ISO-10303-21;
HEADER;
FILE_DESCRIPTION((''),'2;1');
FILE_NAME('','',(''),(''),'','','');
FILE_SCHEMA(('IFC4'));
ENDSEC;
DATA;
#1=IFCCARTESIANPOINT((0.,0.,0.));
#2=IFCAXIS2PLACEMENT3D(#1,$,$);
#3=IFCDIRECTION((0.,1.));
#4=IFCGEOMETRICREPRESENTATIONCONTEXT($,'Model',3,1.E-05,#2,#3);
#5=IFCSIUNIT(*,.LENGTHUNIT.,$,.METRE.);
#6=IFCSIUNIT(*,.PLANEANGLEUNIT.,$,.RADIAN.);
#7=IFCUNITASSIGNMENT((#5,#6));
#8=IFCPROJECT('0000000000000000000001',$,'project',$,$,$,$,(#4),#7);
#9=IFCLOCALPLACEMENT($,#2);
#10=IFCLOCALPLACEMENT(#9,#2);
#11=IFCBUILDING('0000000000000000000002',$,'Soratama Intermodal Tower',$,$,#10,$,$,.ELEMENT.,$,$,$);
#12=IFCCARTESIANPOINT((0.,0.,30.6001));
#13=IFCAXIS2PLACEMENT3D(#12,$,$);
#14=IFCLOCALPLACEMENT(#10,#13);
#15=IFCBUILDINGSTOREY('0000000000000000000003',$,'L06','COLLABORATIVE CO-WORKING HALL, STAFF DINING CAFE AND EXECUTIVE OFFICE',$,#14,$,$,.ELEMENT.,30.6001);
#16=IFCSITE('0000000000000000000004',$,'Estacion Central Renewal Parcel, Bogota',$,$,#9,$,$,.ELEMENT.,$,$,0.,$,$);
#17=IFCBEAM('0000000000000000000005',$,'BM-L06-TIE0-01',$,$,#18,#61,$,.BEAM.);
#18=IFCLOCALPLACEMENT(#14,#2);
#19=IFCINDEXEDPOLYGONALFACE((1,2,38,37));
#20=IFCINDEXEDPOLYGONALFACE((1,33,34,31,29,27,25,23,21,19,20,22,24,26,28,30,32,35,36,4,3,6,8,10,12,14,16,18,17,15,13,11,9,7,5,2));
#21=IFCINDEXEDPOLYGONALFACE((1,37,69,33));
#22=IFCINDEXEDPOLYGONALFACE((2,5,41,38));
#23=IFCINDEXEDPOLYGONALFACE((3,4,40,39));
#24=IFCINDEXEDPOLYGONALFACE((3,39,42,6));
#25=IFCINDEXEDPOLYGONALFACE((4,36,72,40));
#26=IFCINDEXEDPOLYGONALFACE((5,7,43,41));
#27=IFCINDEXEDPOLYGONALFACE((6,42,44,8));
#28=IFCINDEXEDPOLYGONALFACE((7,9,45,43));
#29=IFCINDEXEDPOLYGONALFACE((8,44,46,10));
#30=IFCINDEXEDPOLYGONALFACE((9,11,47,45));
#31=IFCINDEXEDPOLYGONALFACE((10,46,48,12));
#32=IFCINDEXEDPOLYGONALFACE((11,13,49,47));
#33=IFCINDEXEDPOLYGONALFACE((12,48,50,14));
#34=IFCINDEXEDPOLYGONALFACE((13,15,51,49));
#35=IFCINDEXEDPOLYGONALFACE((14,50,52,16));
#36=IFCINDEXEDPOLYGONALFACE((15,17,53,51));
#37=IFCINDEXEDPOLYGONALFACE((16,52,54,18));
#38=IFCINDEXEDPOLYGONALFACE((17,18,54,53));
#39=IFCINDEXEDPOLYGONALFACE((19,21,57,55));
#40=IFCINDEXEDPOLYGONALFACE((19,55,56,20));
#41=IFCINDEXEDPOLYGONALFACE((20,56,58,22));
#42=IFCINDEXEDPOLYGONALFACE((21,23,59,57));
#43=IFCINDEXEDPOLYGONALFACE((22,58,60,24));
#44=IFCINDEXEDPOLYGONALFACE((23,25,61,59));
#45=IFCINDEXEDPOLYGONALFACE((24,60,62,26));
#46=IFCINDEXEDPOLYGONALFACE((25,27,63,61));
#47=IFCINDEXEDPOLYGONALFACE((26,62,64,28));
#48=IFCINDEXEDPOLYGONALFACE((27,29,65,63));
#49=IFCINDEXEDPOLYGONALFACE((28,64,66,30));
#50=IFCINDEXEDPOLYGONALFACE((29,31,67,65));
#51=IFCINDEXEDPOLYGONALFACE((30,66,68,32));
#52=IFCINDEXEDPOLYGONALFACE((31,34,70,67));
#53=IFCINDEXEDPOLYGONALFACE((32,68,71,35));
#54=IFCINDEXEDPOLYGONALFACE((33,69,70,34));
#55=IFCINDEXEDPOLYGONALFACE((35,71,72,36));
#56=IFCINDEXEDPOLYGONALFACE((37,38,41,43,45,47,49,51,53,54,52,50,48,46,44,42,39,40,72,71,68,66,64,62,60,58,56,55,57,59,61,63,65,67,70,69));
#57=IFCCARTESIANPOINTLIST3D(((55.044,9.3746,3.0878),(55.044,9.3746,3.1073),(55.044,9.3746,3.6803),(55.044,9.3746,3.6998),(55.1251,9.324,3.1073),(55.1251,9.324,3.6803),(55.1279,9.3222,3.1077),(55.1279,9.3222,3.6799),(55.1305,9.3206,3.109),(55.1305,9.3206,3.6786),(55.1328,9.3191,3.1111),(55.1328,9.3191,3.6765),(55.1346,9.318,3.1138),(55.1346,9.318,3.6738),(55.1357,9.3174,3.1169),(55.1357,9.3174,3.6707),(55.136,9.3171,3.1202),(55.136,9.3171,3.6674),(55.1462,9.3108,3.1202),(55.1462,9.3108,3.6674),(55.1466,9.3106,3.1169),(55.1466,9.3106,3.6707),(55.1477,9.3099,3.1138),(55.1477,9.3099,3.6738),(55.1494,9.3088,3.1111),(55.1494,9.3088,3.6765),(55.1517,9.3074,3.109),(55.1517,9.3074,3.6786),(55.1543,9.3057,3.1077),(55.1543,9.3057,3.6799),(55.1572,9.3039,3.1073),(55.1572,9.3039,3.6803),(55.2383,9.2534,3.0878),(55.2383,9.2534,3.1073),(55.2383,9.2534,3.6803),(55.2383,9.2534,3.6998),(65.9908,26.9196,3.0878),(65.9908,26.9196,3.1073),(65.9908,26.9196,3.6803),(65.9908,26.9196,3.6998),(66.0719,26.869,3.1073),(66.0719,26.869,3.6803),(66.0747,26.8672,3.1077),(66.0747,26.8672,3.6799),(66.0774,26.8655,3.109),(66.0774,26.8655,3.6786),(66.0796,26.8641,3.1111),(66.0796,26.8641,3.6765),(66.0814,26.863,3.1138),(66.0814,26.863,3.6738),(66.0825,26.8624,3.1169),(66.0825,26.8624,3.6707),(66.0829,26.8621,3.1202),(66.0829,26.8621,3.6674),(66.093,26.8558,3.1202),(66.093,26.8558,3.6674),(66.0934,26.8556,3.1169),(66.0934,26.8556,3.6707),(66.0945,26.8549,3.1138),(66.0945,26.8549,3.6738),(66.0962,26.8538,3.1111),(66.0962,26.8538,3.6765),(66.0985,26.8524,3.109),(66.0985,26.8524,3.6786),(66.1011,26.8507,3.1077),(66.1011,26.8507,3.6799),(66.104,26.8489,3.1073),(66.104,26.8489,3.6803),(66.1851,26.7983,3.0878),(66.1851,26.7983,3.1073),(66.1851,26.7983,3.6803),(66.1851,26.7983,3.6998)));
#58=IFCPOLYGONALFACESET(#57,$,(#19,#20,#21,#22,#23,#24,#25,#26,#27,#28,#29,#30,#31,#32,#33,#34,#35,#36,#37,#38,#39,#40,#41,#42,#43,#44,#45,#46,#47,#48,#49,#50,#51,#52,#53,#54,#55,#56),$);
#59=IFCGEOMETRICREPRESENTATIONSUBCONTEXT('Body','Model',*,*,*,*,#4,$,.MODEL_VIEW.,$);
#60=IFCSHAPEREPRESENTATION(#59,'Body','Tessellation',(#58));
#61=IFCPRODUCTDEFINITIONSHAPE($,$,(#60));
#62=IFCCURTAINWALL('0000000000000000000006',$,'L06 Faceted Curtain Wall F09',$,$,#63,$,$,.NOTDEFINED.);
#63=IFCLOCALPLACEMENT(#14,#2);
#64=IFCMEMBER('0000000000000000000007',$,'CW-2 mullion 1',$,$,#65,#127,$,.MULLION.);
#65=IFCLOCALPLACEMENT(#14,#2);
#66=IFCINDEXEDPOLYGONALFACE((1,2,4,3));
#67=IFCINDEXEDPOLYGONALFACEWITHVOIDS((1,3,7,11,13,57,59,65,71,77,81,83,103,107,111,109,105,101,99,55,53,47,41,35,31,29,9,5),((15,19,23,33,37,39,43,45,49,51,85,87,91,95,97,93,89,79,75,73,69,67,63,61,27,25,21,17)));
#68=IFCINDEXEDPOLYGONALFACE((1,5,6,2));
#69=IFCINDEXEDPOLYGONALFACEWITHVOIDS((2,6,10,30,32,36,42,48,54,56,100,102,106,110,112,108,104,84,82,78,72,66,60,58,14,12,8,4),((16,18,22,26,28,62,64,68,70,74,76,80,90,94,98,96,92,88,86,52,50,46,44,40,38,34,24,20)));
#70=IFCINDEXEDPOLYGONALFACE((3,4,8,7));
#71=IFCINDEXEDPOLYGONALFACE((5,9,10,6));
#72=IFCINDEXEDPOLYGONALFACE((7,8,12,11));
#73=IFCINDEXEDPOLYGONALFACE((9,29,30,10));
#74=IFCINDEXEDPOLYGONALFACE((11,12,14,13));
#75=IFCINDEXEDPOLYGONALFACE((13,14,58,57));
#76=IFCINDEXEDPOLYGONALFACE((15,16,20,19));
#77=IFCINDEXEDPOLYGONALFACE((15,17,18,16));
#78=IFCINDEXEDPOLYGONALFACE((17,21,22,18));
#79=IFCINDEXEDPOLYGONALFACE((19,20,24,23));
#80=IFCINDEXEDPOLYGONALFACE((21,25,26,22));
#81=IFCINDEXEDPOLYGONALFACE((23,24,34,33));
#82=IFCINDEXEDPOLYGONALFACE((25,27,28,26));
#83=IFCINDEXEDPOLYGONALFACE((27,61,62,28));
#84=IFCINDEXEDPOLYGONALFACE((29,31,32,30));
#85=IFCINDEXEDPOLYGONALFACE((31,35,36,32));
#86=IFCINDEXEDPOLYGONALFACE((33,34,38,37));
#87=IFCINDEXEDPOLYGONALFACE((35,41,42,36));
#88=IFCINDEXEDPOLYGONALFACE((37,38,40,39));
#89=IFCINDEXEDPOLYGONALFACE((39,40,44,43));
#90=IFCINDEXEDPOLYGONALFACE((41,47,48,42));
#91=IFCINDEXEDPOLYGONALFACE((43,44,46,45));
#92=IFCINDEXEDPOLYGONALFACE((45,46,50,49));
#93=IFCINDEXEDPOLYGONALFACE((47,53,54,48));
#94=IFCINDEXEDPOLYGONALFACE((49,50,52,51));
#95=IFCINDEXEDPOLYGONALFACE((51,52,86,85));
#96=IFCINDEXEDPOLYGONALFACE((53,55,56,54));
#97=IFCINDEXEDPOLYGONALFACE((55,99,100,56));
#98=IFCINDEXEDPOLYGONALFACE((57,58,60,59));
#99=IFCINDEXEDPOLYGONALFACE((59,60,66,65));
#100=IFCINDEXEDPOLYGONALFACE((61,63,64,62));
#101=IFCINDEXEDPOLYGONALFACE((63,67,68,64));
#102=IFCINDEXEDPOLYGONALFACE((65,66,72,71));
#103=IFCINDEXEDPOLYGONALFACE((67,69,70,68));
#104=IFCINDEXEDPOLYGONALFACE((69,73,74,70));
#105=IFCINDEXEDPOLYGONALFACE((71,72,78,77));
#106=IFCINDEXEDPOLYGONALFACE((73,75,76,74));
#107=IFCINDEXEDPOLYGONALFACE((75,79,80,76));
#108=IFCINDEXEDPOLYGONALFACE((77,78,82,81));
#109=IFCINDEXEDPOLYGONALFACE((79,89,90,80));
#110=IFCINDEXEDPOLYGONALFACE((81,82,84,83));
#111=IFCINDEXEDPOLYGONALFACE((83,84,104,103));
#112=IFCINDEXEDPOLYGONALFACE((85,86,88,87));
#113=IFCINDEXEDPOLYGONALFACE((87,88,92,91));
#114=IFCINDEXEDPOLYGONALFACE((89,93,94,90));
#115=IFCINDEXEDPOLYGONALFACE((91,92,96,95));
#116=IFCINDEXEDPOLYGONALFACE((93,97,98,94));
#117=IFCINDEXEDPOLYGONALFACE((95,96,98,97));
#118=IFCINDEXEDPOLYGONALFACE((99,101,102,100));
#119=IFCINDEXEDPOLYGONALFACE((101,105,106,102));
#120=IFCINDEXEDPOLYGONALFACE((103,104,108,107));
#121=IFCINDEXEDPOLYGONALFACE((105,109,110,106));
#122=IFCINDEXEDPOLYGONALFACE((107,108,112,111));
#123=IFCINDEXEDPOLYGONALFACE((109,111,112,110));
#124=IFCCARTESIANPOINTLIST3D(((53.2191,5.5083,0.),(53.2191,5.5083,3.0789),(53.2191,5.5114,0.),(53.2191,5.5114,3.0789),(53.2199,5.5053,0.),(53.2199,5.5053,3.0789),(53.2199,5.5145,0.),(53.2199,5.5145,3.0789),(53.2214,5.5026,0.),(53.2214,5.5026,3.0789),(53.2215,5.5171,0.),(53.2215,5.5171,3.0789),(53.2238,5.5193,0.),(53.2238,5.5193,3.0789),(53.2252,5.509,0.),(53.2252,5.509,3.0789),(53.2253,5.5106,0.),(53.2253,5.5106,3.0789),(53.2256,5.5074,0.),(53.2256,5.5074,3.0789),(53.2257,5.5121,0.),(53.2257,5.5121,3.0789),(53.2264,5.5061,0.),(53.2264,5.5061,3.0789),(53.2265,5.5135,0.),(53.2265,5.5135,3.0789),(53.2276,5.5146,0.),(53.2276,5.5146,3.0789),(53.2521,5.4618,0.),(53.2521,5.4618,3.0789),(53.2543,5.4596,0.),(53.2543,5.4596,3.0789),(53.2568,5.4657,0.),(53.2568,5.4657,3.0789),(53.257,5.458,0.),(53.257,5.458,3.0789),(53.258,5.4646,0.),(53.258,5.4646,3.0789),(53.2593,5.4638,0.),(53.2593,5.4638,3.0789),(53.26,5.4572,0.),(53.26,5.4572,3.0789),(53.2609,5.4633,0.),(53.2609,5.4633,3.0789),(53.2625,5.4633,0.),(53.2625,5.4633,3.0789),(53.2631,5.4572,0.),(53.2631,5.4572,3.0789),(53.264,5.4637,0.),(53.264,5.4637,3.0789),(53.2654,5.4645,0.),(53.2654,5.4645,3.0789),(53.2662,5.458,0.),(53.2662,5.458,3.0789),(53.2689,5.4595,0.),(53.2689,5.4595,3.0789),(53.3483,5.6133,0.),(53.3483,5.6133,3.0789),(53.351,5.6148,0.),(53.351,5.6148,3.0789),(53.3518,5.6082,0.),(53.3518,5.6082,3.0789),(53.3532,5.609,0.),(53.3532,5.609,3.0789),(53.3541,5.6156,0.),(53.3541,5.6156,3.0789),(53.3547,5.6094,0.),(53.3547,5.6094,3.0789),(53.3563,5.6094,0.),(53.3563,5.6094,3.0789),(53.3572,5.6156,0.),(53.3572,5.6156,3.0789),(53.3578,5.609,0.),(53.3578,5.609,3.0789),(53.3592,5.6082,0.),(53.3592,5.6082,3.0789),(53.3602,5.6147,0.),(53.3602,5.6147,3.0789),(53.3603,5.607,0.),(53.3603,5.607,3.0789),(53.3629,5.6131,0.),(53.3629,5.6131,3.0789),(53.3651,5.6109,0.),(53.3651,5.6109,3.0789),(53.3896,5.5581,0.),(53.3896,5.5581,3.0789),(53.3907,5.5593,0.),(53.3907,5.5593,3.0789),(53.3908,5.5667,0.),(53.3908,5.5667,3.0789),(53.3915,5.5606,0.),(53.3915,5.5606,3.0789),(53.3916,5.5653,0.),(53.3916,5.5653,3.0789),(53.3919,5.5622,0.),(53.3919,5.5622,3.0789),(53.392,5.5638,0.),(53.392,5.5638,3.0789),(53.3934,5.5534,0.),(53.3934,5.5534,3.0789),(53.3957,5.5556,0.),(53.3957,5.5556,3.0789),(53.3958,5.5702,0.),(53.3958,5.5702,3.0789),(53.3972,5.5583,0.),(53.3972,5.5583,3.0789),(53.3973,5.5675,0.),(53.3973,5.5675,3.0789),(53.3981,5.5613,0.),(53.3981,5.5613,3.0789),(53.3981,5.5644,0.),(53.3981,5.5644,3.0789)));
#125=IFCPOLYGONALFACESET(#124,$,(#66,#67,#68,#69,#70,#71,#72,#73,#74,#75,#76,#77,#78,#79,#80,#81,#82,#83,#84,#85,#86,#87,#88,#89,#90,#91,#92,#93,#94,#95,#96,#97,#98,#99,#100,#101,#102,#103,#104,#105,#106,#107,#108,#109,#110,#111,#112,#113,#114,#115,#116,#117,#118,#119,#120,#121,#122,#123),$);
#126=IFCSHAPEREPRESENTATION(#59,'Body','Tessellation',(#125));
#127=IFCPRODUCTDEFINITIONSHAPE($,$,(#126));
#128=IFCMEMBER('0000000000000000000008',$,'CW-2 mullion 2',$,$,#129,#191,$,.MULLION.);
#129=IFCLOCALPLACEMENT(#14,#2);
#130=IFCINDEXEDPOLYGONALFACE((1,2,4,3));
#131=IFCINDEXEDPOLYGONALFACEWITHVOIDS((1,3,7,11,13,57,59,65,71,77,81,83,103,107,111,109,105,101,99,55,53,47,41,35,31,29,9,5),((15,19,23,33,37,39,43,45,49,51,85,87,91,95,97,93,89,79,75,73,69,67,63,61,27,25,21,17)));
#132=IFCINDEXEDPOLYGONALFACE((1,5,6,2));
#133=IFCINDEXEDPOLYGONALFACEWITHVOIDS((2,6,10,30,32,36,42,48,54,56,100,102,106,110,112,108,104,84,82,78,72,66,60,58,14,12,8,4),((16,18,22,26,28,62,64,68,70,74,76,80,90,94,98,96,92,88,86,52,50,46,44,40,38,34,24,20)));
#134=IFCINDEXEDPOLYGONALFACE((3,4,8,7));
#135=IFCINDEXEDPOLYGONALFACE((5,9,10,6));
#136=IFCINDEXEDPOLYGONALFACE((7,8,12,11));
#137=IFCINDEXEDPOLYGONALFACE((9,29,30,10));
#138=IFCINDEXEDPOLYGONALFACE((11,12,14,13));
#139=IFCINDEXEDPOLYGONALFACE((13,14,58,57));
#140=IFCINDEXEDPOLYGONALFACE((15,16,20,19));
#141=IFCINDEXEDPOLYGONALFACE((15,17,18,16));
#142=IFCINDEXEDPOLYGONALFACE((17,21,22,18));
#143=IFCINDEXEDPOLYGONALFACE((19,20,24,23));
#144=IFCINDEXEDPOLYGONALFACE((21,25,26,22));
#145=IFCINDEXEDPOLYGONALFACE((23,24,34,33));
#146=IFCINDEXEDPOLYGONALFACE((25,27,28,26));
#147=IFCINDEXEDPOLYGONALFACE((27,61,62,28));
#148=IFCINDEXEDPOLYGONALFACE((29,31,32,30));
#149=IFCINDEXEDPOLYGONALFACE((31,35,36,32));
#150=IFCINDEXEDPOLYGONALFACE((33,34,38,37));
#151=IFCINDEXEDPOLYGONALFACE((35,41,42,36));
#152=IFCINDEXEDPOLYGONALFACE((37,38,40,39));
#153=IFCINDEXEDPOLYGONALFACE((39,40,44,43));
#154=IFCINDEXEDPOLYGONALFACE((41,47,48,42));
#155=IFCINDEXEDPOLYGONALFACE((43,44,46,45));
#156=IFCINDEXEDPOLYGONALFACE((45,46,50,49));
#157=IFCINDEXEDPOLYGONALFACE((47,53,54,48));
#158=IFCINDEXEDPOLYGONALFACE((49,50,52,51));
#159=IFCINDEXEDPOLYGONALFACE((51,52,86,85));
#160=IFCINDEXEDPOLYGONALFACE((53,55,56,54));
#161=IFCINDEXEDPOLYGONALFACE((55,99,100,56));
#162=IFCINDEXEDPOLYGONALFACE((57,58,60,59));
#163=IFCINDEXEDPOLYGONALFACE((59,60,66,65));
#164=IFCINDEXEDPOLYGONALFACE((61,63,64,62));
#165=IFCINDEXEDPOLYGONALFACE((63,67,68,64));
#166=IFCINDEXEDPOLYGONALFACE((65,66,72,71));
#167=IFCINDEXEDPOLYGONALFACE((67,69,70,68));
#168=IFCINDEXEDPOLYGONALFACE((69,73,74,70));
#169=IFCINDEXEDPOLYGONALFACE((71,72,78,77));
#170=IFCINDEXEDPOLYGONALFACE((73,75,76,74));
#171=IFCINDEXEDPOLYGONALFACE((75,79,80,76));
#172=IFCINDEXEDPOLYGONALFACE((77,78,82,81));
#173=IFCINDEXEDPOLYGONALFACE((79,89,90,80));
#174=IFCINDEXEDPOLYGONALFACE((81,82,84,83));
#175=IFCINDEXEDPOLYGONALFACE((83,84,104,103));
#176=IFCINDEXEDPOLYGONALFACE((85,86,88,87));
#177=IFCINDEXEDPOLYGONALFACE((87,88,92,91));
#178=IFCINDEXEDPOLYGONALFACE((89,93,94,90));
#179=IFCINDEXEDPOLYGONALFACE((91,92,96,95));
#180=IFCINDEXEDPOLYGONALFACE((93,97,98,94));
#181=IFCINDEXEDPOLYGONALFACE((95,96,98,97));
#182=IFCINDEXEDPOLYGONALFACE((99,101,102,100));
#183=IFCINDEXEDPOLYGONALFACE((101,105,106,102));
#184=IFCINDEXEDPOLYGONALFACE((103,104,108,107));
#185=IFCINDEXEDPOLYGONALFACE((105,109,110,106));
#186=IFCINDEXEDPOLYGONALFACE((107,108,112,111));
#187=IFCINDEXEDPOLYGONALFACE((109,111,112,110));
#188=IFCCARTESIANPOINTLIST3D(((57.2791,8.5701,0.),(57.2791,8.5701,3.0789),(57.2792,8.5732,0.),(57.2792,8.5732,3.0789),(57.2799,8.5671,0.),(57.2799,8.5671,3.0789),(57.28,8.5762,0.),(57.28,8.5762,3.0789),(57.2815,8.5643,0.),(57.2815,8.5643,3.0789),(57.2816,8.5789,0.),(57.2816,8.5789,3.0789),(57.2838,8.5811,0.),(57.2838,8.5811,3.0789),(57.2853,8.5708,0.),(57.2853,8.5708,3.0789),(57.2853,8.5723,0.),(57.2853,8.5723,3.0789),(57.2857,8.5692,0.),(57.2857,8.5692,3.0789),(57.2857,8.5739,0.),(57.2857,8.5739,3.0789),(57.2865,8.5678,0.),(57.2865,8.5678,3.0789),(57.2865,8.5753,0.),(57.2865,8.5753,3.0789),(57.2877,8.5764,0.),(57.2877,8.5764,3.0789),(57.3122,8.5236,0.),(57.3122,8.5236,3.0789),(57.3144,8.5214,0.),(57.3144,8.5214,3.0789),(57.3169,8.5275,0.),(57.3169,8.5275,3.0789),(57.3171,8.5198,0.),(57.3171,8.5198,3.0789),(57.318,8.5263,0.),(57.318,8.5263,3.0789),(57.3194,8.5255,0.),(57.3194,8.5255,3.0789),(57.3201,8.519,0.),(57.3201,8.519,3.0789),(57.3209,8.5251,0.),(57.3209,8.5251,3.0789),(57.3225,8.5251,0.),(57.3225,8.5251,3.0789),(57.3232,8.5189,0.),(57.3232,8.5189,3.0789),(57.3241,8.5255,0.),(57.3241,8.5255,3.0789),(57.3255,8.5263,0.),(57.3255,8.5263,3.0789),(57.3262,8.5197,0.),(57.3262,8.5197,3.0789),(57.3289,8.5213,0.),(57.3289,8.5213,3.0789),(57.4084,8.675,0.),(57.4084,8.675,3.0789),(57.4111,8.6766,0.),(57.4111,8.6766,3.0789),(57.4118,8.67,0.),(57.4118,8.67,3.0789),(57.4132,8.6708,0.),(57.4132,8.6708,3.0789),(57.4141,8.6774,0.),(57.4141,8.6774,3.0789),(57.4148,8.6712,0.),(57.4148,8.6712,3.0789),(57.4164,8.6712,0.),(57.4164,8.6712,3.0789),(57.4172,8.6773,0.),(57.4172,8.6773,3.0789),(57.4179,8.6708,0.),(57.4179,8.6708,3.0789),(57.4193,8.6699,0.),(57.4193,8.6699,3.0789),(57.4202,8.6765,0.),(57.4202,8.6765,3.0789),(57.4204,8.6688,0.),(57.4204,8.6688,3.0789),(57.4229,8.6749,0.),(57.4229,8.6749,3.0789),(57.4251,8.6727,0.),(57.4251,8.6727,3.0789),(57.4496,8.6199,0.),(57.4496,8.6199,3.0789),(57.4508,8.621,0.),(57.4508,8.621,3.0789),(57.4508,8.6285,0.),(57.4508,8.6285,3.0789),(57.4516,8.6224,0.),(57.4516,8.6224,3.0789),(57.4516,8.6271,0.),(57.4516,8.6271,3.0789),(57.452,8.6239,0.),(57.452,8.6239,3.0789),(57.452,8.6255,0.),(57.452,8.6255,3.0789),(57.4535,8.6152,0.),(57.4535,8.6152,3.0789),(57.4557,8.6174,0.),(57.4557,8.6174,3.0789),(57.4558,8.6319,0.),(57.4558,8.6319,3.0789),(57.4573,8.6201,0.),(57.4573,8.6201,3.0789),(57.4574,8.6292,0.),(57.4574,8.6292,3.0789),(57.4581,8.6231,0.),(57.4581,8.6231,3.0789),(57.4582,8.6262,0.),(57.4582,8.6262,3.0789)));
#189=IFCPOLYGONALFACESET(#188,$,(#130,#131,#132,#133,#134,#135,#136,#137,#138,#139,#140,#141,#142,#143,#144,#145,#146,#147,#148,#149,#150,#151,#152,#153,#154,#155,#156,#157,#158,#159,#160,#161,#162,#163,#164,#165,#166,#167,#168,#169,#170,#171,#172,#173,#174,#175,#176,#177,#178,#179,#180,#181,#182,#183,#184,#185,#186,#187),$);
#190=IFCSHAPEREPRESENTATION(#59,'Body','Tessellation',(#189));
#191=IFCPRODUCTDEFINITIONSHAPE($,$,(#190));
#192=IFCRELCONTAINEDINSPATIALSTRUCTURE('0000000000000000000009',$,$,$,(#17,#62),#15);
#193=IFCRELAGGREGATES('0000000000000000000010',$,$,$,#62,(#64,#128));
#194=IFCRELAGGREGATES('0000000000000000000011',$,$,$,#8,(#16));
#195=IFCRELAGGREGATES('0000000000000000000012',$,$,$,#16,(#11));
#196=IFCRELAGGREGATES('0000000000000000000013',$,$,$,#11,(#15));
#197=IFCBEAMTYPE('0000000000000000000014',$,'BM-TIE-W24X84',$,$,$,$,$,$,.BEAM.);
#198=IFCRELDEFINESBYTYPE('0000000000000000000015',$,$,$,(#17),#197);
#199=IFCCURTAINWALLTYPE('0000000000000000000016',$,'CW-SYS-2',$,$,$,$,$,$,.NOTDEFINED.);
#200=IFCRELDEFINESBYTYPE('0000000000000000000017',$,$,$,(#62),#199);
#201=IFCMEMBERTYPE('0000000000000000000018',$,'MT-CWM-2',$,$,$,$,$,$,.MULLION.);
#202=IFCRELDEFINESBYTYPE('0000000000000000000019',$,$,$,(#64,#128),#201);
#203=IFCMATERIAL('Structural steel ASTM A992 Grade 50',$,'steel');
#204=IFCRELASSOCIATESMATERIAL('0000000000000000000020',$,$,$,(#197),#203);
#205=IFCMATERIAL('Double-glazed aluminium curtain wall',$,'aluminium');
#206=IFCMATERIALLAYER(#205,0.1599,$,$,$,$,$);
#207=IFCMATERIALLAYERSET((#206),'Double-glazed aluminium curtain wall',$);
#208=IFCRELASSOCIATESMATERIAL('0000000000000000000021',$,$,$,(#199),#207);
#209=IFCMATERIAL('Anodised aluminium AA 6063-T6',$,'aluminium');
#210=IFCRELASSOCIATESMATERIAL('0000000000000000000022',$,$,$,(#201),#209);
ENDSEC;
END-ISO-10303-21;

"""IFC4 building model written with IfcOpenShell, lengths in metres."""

from ifc_helpers import new_model, si_unit, direction, frame, origin, origin_2d, place, context, subcontext, project, spatial, hollow_rectangle, i_section, extrude, material, layer, layer_set, material_profile, profile_set, type_object, element, aggregate, save


model = new_model("IFC4")

# Units and contexts
model_context = context("Model", 3, precision=1e-05, world=origin(), true_north=direction((0.0, 1.0)))
body_context = subcontext(model_context, "Body", "Model", "MODEL_VIEW")
ifc_project = project(units=[si_unit("LENGTHUNIT", "METRE"), si_unit("PLANEANGLEUNIT", "RADIAN")], contexts=[model_context])

# Site, building, storey
site_placement = place(None, origin())
site = spatial("IfcSite", under=ifc_project, at=site_placement, Name="Estacion Central Renewal Parcel, Bogota", CompositionType="ELEMENT", RefElevation=0.0)
building_placement = place(site_placement, origin())
building = spatial("IfcBuilding", under=site, at=building_placement, Name="Soratama Intermodal Tower", CompositionType="ELEMENT")
storey_placement = place(building_placement, frame((0.0, 0.0, 30.6001)))
storey = spatial("IfcBuildingStorey", under=building, at=storey_placement, Name="L06", Description="COLLABORATIVE CO-WORKING HALL, STAFF DINING CAFE AND EXECUTIVE OFFICE", CompositionType="ELEMENT", Elevation=30.6001)

# Beam
ifc_material_1 = material(Name="Structural steel ASTM A992 Grade 50", Category="steel")
ifc_material_profile_1 = material_profile(ifc_material_1, i_section(OverallWidth=0.229, OverallDepth=0.6121, WebThickness=0.012, FlangeThickness=0.0195, FilletRadius=0.0129, at=origin_2d()), Name="W24X84")
ifc_profile_set_1 = profile_set([ifc_material_profile_1], Name="Structural steel ASTM A992 Grade 50")
beam_type_1 = type_object("IfcBeamType", Name="BM-TIE-W24X84", PredefinedType="BEAM", material=ifc_profile_set_1)
beam_1_placement = place(storey_placement, frame((55.1411, 9.314, 3.3938), z_axis=(0.529345, 0.848407, 0.0), x_axis=(-0.848407, 0.529345, 0.0)))
element("IfcBeam", 1, at=beam_1_placement, inside=storey, type_object=beam_type_1, Name="BM-L06-TIE0-01", PredefinedType="BEAM", context=body_context, shape_type="SweptSolid", body=[
    extrude(i_section(OverallWidth=0.229, OverallDepth=0.6121, WebThickness=0.012, FlangeThickness=0.0195, FilletRadius=0.0129, at=origin_2d()), origin(), (0.0, 0.0, 1.0), 20.6799),
])

# Curtain wall, members
ifc_material_2 = material(Name="Double-glazed aluminium curtain wall", Category="aluminium")
ifc_layer_1 = layer(ifc_material_2, 0.1599)
ifc_layer_set_1 = layer_set([ifc_layer_1], Name="Double-glazed aluminium curtain wall")
curtain_wall_type = type_object("IfcCurtainWallType", Name="CW-SYS-2", PredefinedType="NOTDEFINED", material=ifc_layer_set_1)
curtain_wall_placement = place(storey_placement, origin())
curtain_wall = element("IfcCurtainWall", 2, at=curtain_wall_placement, inside=storey, type_object=curtain_wall_type, Name="L06 Faceted Curtain Wall F09", PredefinedType="NOTDEFINED")
ifc_material_3 = material(Name="Anodised aluminium AA 6063-T6", Category="aluminium")
ifc_material_profile_2 = material_profile(ifc_material_3, hollow_rectangle(XDim=0.075, YDim=0.1799, WallThickness=0.0061, InnerFilletRadius=0.0061, OuterFilletRadius=0.012, at=origin_2d()), Name="CWM180X75X6")
ifc_profile_set_2 = profile_set([ifc_material_profile_2], Name="Anodised aluminium AA 6063-T6")
member_type_1 = type_object("IfcMemberType", Name="MT-CWM-2", PredefinedType="MULLION", material=ifc_profile_set_2)
member_1_placement = place(storey_placement, frame((53.3086, 5.5364, 0.0), z_axis=(0.0, 0.0, 1.0), x_axis=(-0.602091, 0.798428, 0.0)))
member_1 = element("IfcMember", 3, at=member_1_placement, type_object=member_type_1, Name="CW-2 mullion 1", PredefinedType="MULLION", context=body_context, shape_type="SweptSolid", body=[
    extrude(hollow_rectangle(XDim=0.075, YDim=0.1799, WallThickness=0.0061, InnerFilletRadius=0.0061, OuterFilletRadius=0.012, at=origin_2d()), origin(), (0.0, 0.0, 1.0), 3.0789),
])
member_2_placement = place(storey_placement, frame((57.3687, 8.5981, 0.0), z_axis=(0.0, 0.0, 1.0), x_axis=(-0.602091, 0.798428, 0.0)))
member_2 = element("IfcMember", 4, at=member_2_placement, type_object=member_type_1, Name="CW-2 mullion 2", PredefinedType="MULLION", context=body_context, shape_type="SweptSolid", body=[
    extrude(hollow_rectangle(XDim=0.075, YDim=0.1799, WallThickness=0.0061, InnerFilletRadius=0.0061, OuterFilletRadius=0.012, at=origin_2d()), origin(), (0.0, 0.0, 1.0), 3.0789),
])
aggregate(curtain_wall, [member_1, member_2])

save(model, "model.ifc")
